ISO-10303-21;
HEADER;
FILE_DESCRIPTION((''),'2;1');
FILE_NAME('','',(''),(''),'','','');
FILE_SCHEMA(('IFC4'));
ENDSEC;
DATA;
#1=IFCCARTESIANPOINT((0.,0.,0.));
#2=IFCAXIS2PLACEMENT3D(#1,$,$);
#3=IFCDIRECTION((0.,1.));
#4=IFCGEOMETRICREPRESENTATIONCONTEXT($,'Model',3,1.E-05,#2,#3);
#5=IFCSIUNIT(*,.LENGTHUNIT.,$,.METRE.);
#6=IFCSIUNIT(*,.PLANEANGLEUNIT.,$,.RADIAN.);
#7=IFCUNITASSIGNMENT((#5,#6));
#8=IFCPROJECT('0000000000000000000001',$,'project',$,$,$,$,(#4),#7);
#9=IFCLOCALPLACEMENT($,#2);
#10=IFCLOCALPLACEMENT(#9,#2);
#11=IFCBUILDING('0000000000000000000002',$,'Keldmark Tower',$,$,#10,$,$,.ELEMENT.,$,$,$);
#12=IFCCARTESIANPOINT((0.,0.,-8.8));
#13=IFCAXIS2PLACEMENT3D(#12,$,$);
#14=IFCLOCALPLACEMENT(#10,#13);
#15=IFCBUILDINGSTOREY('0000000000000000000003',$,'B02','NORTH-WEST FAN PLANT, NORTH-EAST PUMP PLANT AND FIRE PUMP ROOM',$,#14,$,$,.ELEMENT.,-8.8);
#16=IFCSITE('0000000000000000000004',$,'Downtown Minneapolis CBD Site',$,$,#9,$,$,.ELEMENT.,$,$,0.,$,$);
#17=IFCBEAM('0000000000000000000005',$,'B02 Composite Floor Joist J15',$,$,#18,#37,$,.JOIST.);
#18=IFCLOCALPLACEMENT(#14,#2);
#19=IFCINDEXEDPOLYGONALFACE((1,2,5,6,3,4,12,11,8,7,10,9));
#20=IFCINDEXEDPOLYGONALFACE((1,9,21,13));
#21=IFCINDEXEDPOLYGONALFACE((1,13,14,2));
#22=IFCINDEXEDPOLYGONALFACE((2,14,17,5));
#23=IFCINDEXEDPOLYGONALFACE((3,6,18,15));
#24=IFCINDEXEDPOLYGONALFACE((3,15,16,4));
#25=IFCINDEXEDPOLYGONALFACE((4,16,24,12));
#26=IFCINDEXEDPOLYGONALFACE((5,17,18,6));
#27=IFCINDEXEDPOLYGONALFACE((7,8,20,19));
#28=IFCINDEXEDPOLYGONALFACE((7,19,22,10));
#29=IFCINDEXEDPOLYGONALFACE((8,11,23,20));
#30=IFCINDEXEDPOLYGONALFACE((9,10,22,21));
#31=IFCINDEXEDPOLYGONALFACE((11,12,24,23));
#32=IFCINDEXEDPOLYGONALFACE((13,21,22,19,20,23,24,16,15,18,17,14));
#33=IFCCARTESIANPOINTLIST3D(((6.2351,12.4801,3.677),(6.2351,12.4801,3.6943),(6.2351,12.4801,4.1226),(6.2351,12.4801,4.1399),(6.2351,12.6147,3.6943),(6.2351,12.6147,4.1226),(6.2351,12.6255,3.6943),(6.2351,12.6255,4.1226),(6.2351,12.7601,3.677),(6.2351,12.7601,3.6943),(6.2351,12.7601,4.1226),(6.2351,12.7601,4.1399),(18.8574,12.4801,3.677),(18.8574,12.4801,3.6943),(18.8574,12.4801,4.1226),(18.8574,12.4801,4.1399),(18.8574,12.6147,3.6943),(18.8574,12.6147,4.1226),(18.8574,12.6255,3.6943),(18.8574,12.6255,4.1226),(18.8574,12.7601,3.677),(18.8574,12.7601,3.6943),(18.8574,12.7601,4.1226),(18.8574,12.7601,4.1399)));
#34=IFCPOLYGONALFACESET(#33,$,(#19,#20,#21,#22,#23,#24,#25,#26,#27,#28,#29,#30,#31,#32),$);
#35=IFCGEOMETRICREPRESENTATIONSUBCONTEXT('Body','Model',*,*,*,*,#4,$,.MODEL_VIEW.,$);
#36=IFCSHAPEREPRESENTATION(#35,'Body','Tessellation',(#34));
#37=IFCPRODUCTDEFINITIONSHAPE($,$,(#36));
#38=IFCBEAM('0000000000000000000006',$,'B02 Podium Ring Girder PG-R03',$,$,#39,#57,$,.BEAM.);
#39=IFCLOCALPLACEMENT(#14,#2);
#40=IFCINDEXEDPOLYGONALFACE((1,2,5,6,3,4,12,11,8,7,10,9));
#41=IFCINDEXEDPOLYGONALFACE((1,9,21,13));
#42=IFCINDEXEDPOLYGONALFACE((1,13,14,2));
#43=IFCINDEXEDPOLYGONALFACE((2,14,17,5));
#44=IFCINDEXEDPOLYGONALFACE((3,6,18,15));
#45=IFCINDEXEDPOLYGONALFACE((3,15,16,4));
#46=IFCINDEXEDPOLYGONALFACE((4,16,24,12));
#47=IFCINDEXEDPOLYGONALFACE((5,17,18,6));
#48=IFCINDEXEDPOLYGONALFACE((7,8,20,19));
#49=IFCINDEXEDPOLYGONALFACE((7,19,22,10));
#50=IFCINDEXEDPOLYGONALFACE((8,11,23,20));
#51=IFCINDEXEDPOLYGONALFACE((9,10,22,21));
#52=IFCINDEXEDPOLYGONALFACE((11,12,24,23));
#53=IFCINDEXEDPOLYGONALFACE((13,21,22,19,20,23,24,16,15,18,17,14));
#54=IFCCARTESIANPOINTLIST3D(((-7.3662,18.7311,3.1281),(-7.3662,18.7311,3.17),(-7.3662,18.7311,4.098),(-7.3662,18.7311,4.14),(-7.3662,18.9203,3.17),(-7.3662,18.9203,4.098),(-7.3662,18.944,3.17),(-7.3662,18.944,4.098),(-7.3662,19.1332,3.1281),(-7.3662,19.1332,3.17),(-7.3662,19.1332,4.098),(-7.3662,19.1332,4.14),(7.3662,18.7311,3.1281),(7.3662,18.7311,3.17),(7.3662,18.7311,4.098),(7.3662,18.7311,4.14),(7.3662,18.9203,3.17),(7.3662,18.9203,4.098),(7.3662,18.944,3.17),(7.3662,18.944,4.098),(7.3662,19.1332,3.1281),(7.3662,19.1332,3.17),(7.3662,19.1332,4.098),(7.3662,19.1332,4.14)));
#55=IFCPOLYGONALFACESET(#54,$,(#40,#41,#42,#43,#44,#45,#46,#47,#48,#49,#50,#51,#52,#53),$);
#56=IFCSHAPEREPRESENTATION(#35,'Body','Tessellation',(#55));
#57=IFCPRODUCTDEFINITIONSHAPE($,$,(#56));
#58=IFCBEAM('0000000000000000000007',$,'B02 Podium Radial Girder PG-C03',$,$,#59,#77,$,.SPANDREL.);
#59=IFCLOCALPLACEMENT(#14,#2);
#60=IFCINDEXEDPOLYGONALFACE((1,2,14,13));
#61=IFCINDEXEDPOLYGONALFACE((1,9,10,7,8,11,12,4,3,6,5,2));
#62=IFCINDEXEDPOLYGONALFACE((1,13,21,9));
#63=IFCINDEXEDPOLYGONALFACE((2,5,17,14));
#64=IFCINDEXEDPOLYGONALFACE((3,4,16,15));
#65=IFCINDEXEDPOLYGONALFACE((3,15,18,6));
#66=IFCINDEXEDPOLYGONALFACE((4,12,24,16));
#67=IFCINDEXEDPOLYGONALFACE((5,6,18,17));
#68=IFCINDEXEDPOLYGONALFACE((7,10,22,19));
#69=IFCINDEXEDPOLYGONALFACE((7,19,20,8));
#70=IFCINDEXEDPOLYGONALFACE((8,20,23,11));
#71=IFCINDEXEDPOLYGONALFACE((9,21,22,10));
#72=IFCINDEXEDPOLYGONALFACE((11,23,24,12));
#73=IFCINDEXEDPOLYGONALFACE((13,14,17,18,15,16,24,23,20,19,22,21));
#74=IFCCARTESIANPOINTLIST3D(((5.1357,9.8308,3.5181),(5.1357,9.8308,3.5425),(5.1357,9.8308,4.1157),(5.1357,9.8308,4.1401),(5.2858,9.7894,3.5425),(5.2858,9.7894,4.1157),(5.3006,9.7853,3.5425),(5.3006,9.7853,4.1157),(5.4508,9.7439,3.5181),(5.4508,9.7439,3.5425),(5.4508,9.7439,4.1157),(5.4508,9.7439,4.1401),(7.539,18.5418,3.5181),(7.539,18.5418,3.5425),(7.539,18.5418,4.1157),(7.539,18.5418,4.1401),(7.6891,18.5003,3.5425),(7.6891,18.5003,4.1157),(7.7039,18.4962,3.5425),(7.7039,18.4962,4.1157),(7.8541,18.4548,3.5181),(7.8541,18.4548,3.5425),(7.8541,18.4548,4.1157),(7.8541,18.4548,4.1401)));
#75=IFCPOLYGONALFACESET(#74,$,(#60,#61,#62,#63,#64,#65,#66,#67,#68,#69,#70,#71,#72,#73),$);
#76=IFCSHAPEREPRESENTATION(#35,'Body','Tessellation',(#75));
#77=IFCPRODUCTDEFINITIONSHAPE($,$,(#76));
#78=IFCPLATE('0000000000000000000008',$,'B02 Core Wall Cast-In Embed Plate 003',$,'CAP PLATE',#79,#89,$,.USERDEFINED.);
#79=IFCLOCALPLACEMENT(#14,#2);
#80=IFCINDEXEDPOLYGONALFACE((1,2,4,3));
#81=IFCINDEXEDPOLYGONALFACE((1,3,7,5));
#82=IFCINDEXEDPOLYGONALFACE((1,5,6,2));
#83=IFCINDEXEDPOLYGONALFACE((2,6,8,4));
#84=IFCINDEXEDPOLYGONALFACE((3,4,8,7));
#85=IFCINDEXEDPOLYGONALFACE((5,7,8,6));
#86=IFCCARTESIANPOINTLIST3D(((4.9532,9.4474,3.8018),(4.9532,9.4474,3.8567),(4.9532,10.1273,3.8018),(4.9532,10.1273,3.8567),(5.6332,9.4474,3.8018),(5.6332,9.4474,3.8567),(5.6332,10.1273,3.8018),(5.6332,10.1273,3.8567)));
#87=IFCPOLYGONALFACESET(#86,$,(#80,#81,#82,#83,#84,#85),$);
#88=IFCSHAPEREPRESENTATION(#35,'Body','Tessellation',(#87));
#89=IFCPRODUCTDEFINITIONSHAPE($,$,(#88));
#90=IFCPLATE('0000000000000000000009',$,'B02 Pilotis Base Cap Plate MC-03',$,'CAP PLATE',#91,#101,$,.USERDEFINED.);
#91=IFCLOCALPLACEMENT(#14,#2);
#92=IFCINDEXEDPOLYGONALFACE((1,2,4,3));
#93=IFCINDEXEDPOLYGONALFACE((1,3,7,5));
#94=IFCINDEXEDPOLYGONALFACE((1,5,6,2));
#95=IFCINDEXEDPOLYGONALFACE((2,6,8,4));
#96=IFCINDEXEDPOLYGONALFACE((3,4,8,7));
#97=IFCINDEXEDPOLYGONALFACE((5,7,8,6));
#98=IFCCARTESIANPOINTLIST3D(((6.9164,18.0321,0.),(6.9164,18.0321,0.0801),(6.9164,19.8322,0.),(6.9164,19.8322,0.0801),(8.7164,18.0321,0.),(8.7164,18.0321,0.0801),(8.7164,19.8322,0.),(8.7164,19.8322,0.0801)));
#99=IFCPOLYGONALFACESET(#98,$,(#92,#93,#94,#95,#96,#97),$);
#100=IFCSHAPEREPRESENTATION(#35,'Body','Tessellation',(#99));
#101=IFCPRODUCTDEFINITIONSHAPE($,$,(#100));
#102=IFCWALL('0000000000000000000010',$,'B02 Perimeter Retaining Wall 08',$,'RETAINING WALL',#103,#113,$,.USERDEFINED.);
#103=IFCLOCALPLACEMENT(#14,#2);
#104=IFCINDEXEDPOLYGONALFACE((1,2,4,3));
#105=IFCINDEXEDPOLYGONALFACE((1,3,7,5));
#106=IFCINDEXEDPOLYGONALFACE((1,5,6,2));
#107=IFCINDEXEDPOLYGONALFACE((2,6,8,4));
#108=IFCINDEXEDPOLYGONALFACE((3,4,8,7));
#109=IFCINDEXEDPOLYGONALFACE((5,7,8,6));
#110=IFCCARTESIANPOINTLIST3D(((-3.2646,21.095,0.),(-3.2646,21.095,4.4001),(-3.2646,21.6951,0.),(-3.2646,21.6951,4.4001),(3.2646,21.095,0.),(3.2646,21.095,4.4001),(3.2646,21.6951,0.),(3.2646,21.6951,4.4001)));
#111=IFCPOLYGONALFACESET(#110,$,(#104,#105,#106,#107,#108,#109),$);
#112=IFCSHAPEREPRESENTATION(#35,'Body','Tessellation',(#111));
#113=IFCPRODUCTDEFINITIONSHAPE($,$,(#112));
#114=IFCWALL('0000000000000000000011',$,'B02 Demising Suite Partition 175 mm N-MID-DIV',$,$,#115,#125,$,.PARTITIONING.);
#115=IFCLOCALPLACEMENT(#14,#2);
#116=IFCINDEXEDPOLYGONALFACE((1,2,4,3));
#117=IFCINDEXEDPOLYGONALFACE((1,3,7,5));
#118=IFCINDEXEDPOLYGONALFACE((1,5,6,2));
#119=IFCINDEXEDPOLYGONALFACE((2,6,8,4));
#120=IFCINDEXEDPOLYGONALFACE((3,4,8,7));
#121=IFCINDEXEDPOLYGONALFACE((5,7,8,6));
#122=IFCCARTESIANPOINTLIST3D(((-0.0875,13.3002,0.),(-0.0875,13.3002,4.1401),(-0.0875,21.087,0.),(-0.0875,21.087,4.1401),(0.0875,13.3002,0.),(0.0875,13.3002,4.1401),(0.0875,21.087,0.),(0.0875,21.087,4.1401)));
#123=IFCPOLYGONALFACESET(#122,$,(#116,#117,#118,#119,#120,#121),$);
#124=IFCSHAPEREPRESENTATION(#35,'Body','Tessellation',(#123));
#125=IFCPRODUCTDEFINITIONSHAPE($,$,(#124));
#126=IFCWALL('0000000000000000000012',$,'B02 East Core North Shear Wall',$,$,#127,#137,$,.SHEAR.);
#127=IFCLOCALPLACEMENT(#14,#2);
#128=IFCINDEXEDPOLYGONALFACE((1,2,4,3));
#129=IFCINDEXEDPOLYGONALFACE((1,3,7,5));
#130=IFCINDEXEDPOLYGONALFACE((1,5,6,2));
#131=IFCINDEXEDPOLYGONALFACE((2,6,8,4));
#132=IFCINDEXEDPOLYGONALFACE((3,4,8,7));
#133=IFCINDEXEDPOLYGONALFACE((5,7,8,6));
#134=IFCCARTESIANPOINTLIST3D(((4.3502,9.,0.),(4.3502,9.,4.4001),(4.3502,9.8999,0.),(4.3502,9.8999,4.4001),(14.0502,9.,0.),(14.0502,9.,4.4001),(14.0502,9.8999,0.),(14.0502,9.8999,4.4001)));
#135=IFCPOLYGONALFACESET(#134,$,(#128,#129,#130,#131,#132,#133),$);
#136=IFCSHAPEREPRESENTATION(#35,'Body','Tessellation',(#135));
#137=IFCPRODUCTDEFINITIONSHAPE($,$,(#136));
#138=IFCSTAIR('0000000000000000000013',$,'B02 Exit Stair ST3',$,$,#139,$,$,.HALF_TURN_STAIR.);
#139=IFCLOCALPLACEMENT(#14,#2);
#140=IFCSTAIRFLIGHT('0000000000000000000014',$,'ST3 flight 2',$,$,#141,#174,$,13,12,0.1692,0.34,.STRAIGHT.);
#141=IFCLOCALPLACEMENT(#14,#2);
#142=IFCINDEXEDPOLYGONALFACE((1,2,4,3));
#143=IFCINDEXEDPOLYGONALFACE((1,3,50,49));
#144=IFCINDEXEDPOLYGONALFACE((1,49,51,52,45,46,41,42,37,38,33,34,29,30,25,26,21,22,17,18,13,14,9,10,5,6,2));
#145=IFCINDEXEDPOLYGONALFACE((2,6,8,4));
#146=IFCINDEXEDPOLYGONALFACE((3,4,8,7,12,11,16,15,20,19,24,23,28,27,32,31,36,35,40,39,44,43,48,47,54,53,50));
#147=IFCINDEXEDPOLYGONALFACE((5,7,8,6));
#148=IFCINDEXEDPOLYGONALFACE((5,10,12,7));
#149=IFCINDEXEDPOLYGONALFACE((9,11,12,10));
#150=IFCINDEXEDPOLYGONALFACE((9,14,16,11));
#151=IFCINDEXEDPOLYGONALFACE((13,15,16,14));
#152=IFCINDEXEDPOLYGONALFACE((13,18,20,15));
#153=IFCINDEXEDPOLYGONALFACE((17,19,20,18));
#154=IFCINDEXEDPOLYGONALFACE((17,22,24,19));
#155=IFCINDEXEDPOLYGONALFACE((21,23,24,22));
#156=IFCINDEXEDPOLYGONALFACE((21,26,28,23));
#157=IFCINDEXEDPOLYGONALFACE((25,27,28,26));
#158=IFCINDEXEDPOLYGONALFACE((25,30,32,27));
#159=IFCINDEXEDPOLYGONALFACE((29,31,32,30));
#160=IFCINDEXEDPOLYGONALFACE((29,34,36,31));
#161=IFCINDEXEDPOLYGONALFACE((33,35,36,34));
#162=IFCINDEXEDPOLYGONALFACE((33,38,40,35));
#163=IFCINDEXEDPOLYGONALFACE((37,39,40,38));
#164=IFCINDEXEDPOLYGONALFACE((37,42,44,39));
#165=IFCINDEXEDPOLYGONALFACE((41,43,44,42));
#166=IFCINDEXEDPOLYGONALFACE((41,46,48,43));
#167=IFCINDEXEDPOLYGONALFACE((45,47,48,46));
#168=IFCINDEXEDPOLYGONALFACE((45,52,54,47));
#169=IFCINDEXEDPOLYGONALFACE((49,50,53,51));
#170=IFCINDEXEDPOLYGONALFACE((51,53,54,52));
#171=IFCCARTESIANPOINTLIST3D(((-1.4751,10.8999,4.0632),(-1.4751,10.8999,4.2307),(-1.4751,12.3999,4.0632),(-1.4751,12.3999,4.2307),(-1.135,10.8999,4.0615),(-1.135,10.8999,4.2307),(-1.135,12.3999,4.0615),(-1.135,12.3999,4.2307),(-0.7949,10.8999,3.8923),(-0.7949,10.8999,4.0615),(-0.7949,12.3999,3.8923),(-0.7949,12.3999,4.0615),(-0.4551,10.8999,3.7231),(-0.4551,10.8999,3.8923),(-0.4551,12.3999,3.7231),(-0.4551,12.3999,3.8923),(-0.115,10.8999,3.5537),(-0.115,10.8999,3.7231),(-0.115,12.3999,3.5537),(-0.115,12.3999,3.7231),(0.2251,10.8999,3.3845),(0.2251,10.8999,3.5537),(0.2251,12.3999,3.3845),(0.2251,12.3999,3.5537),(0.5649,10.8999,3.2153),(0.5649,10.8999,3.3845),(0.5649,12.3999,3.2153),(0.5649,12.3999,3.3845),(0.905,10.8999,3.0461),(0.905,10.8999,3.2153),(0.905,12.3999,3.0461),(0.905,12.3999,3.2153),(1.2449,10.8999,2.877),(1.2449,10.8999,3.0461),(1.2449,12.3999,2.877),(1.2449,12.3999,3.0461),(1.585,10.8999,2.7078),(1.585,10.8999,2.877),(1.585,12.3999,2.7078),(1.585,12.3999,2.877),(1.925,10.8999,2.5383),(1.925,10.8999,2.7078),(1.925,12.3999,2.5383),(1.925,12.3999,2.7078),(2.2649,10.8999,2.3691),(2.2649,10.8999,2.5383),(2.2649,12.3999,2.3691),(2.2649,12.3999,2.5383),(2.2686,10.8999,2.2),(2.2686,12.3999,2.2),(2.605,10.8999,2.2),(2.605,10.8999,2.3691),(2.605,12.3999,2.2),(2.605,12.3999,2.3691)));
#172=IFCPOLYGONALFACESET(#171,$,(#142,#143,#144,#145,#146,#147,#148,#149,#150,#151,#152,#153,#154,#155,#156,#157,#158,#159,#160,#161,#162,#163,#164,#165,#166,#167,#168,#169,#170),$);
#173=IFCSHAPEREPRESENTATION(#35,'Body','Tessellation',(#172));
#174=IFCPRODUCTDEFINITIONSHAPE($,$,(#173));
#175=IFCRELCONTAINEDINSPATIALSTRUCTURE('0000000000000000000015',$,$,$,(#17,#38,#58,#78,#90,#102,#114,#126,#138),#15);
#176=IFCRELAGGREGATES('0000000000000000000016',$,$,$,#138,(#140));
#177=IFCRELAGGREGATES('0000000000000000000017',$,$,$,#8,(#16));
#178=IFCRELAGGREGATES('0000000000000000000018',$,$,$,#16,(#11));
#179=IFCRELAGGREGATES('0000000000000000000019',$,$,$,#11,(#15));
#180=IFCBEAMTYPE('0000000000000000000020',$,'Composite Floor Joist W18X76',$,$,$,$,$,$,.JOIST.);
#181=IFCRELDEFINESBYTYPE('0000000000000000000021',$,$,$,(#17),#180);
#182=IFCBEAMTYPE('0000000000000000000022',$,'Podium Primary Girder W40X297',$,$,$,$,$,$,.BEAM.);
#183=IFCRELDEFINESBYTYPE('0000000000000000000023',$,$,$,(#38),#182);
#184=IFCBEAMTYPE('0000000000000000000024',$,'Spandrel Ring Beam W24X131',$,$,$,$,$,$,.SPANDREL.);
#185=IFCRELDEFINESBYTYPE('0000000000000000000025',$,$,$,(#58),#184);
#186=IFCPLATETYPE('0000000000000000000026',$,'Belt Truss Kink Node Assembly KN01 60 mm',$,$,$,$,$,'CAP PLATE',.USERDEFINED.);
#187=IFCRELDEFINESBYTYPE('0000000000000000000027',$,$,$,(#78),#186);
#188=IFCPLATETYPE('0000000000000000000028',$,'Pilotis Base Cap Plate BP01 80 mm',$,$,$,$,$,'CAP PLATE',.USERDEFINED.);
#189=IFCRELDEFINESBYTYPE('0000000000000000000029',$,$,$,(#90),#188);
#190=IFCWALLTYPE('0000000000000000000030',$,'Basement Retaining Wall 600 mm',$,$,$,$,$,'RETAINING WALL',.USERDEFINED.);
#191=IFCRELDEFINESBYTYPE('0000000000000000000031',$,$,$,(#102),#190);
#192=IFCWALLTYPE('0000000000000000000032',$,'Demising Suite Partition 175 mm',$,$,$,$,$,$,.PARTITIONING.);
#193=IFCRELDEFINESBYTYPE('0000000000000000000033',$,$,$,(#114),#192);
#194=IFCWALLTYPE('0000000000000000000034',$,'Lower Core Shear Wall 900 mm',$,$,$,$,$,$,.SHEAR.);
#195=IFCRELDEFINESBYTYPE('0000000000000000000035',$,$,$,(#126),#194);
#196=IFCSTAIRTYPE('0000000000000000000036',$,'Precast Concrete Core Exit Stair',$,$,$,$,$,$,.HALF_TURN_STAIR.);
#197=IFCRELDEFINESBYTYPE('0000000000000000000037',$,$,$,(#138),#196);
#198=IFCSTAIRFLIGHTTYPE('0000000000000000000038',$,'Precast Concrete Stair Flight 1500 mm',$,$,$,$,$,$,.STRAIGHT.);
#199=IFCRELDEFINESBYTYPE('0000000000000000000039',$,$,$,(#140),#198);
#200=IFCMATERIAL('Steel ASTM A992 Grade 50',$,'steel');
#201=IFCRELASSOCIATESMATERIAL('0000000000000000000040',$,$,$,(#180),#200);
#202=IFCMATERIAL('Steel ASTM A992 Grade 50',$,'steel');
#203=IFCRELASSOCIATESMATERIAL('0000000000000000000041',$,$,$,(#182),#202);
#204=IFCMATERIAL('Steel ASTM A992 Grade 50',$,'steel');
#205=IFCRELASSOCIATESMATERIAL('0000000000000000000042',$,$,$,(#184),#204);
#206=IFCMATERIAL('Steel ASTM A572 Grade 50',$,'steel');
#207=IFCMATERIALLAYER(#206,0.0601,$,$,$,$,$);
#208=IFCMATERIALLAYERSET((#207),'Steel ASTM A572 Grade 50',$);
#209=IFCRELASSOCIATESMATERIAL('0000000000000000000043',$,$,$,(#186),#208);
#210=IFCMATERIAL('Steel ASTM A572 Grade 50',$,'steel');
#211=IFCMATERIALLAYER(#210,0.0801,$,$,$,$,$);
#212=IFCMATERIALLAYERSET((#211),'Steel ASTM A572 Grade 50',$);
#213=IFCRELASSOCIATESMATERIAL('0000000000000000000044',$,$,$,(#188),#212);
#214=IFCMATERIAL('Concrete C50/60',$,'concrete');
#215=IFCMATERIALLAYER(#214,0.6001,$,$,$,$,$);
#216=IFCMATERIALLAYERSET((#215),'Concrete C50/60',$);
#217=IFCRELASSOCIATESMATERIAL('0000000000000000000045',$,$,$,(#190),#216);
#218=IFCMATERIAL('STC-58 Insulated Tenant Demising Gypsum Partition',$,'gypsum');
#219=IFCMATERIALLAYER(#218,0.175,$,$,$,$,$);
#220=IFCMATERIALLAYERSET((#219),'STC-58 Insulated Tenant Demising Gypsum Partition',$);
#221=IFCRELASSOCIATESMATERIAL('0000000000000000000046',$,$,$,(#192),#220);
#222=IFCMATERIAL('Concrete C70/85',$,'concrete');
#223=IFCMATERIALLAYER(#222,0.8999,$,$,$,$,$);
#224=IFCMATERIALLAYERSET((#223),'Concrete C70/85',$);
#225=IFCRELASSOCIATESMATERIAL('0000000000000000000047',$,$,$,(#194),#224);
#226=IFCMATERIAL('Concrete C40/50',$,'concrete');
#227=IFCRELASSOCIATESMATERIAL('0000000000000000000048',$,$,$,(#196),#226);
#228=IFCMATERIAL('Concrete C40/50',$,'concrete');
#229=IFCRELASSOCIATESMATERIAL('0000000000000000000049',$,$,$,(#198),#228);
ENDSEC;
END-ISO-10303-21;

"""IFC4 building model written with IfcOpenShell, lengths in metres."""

from ifc_helpers import new_model, si_unit, direction, frame, frame_2d, origin, origin_2d, place, context, subcontext, project, spatial, polyline, rectangle, i_section, outline, extrude, material, layer, layer_set, material_profile, profile_set, type_object, element, aggregate, save


model = new_model("IFC4")

# Units and contexts
model_context = context("Model", 3, precision=1e-05, world=origin(), true_north=direction((0.0, 1.0)))
body_context = subcontext(model_context, "Body", "Model", "MODEL_VIEW")
ifc_project = project(units=[si_unit("LENGTHUNIT", "METRE"), si_unit("PLANEANGLEUNIT", "RADIAN")], contexts=[model_context])

# Site, building, storey
site_placement = place(None, origin())
site = spatial("IfcSite", under=ifc_project, at=site_placement, Name="Downtown Minneapolis CBD Site", CompositionType="ELEMENT", RefElevation=0.0)
building_placement = place(site_placement, origin())
building = spatial("IfcBuilding", under=site, at=building_placement, Name="Keldmark Tower", CompositionType="ELEMENT")
storey_placement = place(building_placement, frame((0.0, 0.0, -8.8)))
storey = spatial("IfcBuildingStorey", under=building, at=storey_placement, Name="B02", Description="NORTH-WEST FAN PLANT, NORTH-EAST PUMP PLANT AND FIRE PUMP ROOM", CompositionType="ELEMENT", Elevation=-8.8)

# Beams
ifc_material_1 = material(Name="Steel ASTM A992 Grade 50", Category="steel")
ifc_material_profile_1 = material_profile(ifc_material_1, i_section(OverallWidth=0.28, OverallDepth=0.4629, WebThickness=0.0107, FlangeThickness=0.0173, at=origin_2d()), Name="W18X76")
ifc_profile_set_1 = profile_set([ifc_material_profile_1], Name="Steel ASTM A992 Grade 50")
beam_type_1 = type_object("IfcBeamType", Name="Composite Floor Joist W18X76", PredefinedType="JOIST", material=ifc_profile_set_1)
beam_1_placement = place(storey_placement, frame((6.2351, 12.6201, 3.9084), z_axis=(1.0, 0.0, 0.0), x_axis=(0.0, 1.0, 0.0)))
element("IfcBeam", 1, at=beam_1_placement, inside=storey, type_object=beam_type_1, Name="B02 Composite Floor Joist J15", PredefinedType="JOIST", context=body_context, shape_type="SweptSolid", body=[
    extrude(i_section(OverallWidth=0.28, OverallDepth=0.4629, WebThickness=0.0107, FlangeThickness=0.0173, at=origin_2d()), origin(), (0.0, 0.0, 1.0), 12.6223),
])
ifc_material_2 = material(Name="Steel ASTM A992 Grade 50", Category="steel")
ifc_material_profile_2 = material_profile(ifc_material_2, i_section(OverallWidth=0.4021, OverallDepth=1.012, WebThickness=0.0237, FlangeThickness=0.042, at=origin_2d()), Name="W40X297")
ifc_profile_set_2 = profile_set([ifc_material_profile_2], Name="Steel ASTM A992 Grade 50")
beam_type_2 = type_object("IfcBeamType", Name="Podium Primary Girder W40X297", PredefinedType="BEAM", material=ifc_profile_set_2)
beam_2_placement = place(storey_placement, frame((7.3662, 18.9321, 3.634), z_axis=(-1.0, 0.0, 0.0), x_axis=(0.0, -1.0, 0.0)))
element("IfcBeam", 2, at=beam_2_placement, inside=storey, type_object=beam_type_2, Name="B02 Podium Ring Girder PG-R03", PredefinedType="BEAM", context=body_context, shape_type="SweptSolid", body=[
    extrude(i_section(OverallWidth=0.4021, OverallDepth=1.012, WebThickness=0.0237, FlangeThickness=0.042, at=origin_2d()), origin(), (0.0, 0.0, 1.0), 14.7324),
])
ifc_material_3 = material(Name="Steel ASTM A992 Grade 50", Category="steel")
ifc_material_profile_3 = material_profile(ifc_material_3, i_section(OverallWidth=0.3269, OverallDepth=0.6221, WebThickness=0.0154, FlangeThickness=0.0244, at=origin_2d()), Name="W24X131")
ifc_profile_set_3 = profile_set([ifc_material_profile_3], Name="Steel ASTM A992 Grade 50")
beam_type_3 = type_object("IfcBeamType", Name="Spandrel Ring Beam W24X131", PredefinedType="SPANDREL", material=ifc_profile_set_3)
beam_3_placement = place(storey_placement, frame((7.6965, 18.4983, 3.8291), z_axis=(-0.26596, -0.963984, 0.0), x_axis=(0.963984, -0.26596, 0.0)))
element("IfcBeam", 3, at=beam_3_placement, inside=storey, type_object=beam_type_3, Name="B02 Podium Radial Girder PG-C03", PredefinedType="SPANDREL", context=body_context, shape_type="SweptSolid", body=[
    extrude(i_section(OverallWidth=0.3269, OverallDepth=0.6221, WebThickness=0.0154, FlangeThickness=0.0244, at=origin_2d()), origin(), (0.0, 0.0, 1.0), 9.0364),
])

# Plates
ifc_material_4 = material(Name="Steel ASTM A572 Grade 50", Category="steel")
ifc_layer_1 = layer(ifc_material_4, 0.0601)
ifc_layer_set_1 = layer_set([ifc_layer_1], Name="Steel ASTM A572 Grade 50")
plate_type_1 = type_object("IfcPlateType", Name="Belt Truss Kink Node Assembly KN01 60 mm", ElementType="CAP PLATE", PredefinedType="USERDEFINED", material=ifc_layer_set_1)
plate_1_placement = place(storey_placement, frame((5.2932, 9.7874, 3.8018), z_axis=(0.0, 0.0, 1.0), x_axis=(1.0, 0.0, 0.0)))
element("IfcPlate", 4, at=plate_1_placement, inside=storey, type_object=plate_type_1, Name="B02 Core Wall Cast-In Embed Plate 003", ObjectType="CAP PLATE", PredefinedType="USERDEFINED", context=body_context, shape_type="SweptSolid", body=[
    extrude(rectangle(XDim=0.6799, YDim=0.6799, at=origin_2d()), origin(), (0.0, 0.0, 1.0), 0.0549),
])
ifc_material_5 = material(Name="Steel ASTM A572 Grade 50", Category="steel")
ifc_layer_2 = layer(ifc_material_5, 0.0801)
ifc_layer_set_2 = layer_set([ifc_layer_2], Name="Steel ASTM A572 Grade 50")
plate_type_2 = type_object("IfcPlateType", Name="Pilotis Base Cap Plate BP01 80 mm", ElementType="CAP PLATE", PredefinedType="USERDEFINED", material=ifc_layer_set_2)
plate_2_placement = place(storey_placement, frame((7.8164, 18.9321, 0.0), z_axis=(0.0, 0.0, 1.0), x_axis=(1.0, 0.0, 0.0)))
element("IfcPlate", 5, at=plate_2_placement, inside=storey, type_object=plate_type_2, Name="B02 Pilotis Base Cap Plate MC-03", ObjectType="CAP PLATE", PredefinedType="USERDEFINED", context=body_context, shape_type="SweptSolid", body=[
    extrude(rectangle(XDim=1.8, YDim=1.8, at=origin_2d()), origin(), (0.0, 0.0, 1.0), 0.0801),
])

# Walls
ifc_material_6 = material(Name="Concrete C50/60", Category="concrete")
ifc_layer_3 = layer(ifc_material_6, 0.6001)
ifc_layer_set_3 = layer_set([ifc_layer_3], Name="Concrete C50/60")
wall_type_1 = type_object("IfcWallType", Name="Basement Retaining Wall 600 mm", ElementType="RETAINING WALL", PredefinedType="USERDEFINED", material=ifc_layer_set_3)
wall_1_placement = place(storey_placement, frame((3.2646, 21.395, 0.0), z_axis=(0.0, 0.0, 1.0), x_axis=(-1.0, 0.0, 0.0)))
element("IfcWall", 6, at=wall_1_placement, inside=storey, type_object=wall_type_1, Name="B02 Perimeter Retaining Wall 08", ObjectType="RETAINING WALL", PredefinedType="USERDEFINED", context=body_context, shape_type="SweptSolid", body=[
    extrude(rectangle(XDim=6.5293, YDim=0.6001, at=frame_2d((3.2646, 0.0))), origin(), (0.0, 0.0, 1.0), 4.4001),
])
ifc_material_7 = material(Name="STC-58 Insulated Tenant Demising Gypsum Partition", Category="gypsum")
ifc_layer_4 = layer(ifc_material_7, 0.175)
ifc_layer_set_4 = layer_set([ifc_layer_4], Name="STC-58 Insulated Tenant Demising Gypsum Partition")
wall_type_2 = type_object("IfcWallType", Name="Demising Suite Partition 175 mm", PredefinedType="PARTITIONING", material=ifc_layer_set_4)
wall_2_placement = place(storey_placement, frame((0.0, 13.3, 0.0), z_axis=(0.0, 0.0, 1.0), x_axis=(0.0, 1.0, 0.0)))
element("IfcWall", 7, at=wall_2_placement, inside=storey, type_object=wall_type_2, Name="B02 Demising Suite Partition 175 mm N-MID-DIV", PredefinedType="PARTITIONING", context=body_context, shape_type="SweptSolid", body=[
    extrude(rectangle(XDim=7.7869, YDim=0.175, at=frame_2d((3.8936, 0.0))), origin(), (0.0, 0.0, 1.0), 4.1401),
])
ifc_material_8 = material(Name="Concrete C70/85", Category="concrete")
ifc_layer_5 = layer(ifc_material_8, 0.8999)
ifc_layer_set_5 = layer_set([ifc_layer_5], Name="Concrete C70/85")
wall_type_3 = type_object("IfcWallType", Name="Lower Core Shear Wall 900 mm", PredefinedType="SHEAR", material=ifc_layer_set_5)
wall_3_placement = place(storey_placement, frame((4.3501, 9.45, 0.0), z_axis=(0.0, 0.0, 1.0), x_axis=(1.0, 0.0, 0.0)))
element("IfcWall", 8, at=wall_3_placement, inside=storey, type_object=wall_type_3, Name="B02 East Core North Shear Wall", PredefinedType="SHEAR", context=body_context, shape_type="SweptSolid", body=[
    extrude(rectangle(XDim=9.7, YDim=0.8999, at=frame_2d((4.8501, 0.0))), origin(), (0.0, 0.0, 1.0), 4.4001),
])

# Stair, stair flight
ifc_material_9 = material(Name="Concrete C40/50", Category="concrete")
stair_type = type_object("IfcStairType", Name="Precast Concrete Core Exit Stair", PredefinedType="HALF_TURN_STAIR", material=ifc_material_9)
stair_placement = place(storey_placement, origin())
stair = element("IfcStair", 9, at=stair_placement, inside=storey, type_object=stair_type, Name="B02 Exit Stair ST3", PredefinedType="HALF_TURN_STAIR")
ifc_material_10 = material(Name="Concrete C40/50", Category="concrete")
stair_flight_type = type_object("IfcStairFlightType", Name="Precast Concrete Stair Flight 1500 mm", PredefinedType="STRAIGHT", material=ifc_material_10)
stair_flight_placement = place(storey_placement, frame((2.605, 11.6499, 2.2), z_axis=(0.0, 0.0, 1.0), x_axis=(-1.0, 0.0, 0.0)))
stair_flight = element("IfcStairFlight", 10, at=stair_flight_placement, type_object=stair_flight_type, Name="ST3 flight 2", NumberOfRisers=13, NumberOfTreads=12, PredefinedType="STRAIGHT", RiserHeight=0.1692, TreadLength=0.34, context=body_context, shape_type="SweptSolid", body=[
    extrude(outline(polyline([(0.0, 0.0), (0.0, 0.1692), (0.3401, 0.1692), (0.3401, 0.3384), (0.6799, 0.3384), (0.6799, 0.5078), (1.02, 0.5078), (1.02, 0.677), (1.3601, 0.677), (1.3601, 0.8462), (1.7, 0.8462), (1.7, 1.0154), (2.04, 1.0154), (2.04, 1.1846), (2.3799, 1.1846), (2.3799, 1.3538), (2.72, 1.3538), (2.72, 1.5232), (3.0601, 1.5232), (3.0601, 1.6924), (3.3999, 1.6924), (3.3999, 1.8616), (3.74, 1.8616), (3.74, 2.0308), (4.0801, 2.0308), (4.0801, 2.2), (4.0801, 1.8633), (0.3364, 0.0), (0.0, 0.0)])), frame((0.0, 0.75, 0.0), z_axis=(0.0, -1.0, 0.0), x_axis=(1.0, 0.0, 0.0)), (0.0, 0.0, 1.0), 1.5),
])
aggregate(stair, [stair_flight])

save(model, "model.ifc")
